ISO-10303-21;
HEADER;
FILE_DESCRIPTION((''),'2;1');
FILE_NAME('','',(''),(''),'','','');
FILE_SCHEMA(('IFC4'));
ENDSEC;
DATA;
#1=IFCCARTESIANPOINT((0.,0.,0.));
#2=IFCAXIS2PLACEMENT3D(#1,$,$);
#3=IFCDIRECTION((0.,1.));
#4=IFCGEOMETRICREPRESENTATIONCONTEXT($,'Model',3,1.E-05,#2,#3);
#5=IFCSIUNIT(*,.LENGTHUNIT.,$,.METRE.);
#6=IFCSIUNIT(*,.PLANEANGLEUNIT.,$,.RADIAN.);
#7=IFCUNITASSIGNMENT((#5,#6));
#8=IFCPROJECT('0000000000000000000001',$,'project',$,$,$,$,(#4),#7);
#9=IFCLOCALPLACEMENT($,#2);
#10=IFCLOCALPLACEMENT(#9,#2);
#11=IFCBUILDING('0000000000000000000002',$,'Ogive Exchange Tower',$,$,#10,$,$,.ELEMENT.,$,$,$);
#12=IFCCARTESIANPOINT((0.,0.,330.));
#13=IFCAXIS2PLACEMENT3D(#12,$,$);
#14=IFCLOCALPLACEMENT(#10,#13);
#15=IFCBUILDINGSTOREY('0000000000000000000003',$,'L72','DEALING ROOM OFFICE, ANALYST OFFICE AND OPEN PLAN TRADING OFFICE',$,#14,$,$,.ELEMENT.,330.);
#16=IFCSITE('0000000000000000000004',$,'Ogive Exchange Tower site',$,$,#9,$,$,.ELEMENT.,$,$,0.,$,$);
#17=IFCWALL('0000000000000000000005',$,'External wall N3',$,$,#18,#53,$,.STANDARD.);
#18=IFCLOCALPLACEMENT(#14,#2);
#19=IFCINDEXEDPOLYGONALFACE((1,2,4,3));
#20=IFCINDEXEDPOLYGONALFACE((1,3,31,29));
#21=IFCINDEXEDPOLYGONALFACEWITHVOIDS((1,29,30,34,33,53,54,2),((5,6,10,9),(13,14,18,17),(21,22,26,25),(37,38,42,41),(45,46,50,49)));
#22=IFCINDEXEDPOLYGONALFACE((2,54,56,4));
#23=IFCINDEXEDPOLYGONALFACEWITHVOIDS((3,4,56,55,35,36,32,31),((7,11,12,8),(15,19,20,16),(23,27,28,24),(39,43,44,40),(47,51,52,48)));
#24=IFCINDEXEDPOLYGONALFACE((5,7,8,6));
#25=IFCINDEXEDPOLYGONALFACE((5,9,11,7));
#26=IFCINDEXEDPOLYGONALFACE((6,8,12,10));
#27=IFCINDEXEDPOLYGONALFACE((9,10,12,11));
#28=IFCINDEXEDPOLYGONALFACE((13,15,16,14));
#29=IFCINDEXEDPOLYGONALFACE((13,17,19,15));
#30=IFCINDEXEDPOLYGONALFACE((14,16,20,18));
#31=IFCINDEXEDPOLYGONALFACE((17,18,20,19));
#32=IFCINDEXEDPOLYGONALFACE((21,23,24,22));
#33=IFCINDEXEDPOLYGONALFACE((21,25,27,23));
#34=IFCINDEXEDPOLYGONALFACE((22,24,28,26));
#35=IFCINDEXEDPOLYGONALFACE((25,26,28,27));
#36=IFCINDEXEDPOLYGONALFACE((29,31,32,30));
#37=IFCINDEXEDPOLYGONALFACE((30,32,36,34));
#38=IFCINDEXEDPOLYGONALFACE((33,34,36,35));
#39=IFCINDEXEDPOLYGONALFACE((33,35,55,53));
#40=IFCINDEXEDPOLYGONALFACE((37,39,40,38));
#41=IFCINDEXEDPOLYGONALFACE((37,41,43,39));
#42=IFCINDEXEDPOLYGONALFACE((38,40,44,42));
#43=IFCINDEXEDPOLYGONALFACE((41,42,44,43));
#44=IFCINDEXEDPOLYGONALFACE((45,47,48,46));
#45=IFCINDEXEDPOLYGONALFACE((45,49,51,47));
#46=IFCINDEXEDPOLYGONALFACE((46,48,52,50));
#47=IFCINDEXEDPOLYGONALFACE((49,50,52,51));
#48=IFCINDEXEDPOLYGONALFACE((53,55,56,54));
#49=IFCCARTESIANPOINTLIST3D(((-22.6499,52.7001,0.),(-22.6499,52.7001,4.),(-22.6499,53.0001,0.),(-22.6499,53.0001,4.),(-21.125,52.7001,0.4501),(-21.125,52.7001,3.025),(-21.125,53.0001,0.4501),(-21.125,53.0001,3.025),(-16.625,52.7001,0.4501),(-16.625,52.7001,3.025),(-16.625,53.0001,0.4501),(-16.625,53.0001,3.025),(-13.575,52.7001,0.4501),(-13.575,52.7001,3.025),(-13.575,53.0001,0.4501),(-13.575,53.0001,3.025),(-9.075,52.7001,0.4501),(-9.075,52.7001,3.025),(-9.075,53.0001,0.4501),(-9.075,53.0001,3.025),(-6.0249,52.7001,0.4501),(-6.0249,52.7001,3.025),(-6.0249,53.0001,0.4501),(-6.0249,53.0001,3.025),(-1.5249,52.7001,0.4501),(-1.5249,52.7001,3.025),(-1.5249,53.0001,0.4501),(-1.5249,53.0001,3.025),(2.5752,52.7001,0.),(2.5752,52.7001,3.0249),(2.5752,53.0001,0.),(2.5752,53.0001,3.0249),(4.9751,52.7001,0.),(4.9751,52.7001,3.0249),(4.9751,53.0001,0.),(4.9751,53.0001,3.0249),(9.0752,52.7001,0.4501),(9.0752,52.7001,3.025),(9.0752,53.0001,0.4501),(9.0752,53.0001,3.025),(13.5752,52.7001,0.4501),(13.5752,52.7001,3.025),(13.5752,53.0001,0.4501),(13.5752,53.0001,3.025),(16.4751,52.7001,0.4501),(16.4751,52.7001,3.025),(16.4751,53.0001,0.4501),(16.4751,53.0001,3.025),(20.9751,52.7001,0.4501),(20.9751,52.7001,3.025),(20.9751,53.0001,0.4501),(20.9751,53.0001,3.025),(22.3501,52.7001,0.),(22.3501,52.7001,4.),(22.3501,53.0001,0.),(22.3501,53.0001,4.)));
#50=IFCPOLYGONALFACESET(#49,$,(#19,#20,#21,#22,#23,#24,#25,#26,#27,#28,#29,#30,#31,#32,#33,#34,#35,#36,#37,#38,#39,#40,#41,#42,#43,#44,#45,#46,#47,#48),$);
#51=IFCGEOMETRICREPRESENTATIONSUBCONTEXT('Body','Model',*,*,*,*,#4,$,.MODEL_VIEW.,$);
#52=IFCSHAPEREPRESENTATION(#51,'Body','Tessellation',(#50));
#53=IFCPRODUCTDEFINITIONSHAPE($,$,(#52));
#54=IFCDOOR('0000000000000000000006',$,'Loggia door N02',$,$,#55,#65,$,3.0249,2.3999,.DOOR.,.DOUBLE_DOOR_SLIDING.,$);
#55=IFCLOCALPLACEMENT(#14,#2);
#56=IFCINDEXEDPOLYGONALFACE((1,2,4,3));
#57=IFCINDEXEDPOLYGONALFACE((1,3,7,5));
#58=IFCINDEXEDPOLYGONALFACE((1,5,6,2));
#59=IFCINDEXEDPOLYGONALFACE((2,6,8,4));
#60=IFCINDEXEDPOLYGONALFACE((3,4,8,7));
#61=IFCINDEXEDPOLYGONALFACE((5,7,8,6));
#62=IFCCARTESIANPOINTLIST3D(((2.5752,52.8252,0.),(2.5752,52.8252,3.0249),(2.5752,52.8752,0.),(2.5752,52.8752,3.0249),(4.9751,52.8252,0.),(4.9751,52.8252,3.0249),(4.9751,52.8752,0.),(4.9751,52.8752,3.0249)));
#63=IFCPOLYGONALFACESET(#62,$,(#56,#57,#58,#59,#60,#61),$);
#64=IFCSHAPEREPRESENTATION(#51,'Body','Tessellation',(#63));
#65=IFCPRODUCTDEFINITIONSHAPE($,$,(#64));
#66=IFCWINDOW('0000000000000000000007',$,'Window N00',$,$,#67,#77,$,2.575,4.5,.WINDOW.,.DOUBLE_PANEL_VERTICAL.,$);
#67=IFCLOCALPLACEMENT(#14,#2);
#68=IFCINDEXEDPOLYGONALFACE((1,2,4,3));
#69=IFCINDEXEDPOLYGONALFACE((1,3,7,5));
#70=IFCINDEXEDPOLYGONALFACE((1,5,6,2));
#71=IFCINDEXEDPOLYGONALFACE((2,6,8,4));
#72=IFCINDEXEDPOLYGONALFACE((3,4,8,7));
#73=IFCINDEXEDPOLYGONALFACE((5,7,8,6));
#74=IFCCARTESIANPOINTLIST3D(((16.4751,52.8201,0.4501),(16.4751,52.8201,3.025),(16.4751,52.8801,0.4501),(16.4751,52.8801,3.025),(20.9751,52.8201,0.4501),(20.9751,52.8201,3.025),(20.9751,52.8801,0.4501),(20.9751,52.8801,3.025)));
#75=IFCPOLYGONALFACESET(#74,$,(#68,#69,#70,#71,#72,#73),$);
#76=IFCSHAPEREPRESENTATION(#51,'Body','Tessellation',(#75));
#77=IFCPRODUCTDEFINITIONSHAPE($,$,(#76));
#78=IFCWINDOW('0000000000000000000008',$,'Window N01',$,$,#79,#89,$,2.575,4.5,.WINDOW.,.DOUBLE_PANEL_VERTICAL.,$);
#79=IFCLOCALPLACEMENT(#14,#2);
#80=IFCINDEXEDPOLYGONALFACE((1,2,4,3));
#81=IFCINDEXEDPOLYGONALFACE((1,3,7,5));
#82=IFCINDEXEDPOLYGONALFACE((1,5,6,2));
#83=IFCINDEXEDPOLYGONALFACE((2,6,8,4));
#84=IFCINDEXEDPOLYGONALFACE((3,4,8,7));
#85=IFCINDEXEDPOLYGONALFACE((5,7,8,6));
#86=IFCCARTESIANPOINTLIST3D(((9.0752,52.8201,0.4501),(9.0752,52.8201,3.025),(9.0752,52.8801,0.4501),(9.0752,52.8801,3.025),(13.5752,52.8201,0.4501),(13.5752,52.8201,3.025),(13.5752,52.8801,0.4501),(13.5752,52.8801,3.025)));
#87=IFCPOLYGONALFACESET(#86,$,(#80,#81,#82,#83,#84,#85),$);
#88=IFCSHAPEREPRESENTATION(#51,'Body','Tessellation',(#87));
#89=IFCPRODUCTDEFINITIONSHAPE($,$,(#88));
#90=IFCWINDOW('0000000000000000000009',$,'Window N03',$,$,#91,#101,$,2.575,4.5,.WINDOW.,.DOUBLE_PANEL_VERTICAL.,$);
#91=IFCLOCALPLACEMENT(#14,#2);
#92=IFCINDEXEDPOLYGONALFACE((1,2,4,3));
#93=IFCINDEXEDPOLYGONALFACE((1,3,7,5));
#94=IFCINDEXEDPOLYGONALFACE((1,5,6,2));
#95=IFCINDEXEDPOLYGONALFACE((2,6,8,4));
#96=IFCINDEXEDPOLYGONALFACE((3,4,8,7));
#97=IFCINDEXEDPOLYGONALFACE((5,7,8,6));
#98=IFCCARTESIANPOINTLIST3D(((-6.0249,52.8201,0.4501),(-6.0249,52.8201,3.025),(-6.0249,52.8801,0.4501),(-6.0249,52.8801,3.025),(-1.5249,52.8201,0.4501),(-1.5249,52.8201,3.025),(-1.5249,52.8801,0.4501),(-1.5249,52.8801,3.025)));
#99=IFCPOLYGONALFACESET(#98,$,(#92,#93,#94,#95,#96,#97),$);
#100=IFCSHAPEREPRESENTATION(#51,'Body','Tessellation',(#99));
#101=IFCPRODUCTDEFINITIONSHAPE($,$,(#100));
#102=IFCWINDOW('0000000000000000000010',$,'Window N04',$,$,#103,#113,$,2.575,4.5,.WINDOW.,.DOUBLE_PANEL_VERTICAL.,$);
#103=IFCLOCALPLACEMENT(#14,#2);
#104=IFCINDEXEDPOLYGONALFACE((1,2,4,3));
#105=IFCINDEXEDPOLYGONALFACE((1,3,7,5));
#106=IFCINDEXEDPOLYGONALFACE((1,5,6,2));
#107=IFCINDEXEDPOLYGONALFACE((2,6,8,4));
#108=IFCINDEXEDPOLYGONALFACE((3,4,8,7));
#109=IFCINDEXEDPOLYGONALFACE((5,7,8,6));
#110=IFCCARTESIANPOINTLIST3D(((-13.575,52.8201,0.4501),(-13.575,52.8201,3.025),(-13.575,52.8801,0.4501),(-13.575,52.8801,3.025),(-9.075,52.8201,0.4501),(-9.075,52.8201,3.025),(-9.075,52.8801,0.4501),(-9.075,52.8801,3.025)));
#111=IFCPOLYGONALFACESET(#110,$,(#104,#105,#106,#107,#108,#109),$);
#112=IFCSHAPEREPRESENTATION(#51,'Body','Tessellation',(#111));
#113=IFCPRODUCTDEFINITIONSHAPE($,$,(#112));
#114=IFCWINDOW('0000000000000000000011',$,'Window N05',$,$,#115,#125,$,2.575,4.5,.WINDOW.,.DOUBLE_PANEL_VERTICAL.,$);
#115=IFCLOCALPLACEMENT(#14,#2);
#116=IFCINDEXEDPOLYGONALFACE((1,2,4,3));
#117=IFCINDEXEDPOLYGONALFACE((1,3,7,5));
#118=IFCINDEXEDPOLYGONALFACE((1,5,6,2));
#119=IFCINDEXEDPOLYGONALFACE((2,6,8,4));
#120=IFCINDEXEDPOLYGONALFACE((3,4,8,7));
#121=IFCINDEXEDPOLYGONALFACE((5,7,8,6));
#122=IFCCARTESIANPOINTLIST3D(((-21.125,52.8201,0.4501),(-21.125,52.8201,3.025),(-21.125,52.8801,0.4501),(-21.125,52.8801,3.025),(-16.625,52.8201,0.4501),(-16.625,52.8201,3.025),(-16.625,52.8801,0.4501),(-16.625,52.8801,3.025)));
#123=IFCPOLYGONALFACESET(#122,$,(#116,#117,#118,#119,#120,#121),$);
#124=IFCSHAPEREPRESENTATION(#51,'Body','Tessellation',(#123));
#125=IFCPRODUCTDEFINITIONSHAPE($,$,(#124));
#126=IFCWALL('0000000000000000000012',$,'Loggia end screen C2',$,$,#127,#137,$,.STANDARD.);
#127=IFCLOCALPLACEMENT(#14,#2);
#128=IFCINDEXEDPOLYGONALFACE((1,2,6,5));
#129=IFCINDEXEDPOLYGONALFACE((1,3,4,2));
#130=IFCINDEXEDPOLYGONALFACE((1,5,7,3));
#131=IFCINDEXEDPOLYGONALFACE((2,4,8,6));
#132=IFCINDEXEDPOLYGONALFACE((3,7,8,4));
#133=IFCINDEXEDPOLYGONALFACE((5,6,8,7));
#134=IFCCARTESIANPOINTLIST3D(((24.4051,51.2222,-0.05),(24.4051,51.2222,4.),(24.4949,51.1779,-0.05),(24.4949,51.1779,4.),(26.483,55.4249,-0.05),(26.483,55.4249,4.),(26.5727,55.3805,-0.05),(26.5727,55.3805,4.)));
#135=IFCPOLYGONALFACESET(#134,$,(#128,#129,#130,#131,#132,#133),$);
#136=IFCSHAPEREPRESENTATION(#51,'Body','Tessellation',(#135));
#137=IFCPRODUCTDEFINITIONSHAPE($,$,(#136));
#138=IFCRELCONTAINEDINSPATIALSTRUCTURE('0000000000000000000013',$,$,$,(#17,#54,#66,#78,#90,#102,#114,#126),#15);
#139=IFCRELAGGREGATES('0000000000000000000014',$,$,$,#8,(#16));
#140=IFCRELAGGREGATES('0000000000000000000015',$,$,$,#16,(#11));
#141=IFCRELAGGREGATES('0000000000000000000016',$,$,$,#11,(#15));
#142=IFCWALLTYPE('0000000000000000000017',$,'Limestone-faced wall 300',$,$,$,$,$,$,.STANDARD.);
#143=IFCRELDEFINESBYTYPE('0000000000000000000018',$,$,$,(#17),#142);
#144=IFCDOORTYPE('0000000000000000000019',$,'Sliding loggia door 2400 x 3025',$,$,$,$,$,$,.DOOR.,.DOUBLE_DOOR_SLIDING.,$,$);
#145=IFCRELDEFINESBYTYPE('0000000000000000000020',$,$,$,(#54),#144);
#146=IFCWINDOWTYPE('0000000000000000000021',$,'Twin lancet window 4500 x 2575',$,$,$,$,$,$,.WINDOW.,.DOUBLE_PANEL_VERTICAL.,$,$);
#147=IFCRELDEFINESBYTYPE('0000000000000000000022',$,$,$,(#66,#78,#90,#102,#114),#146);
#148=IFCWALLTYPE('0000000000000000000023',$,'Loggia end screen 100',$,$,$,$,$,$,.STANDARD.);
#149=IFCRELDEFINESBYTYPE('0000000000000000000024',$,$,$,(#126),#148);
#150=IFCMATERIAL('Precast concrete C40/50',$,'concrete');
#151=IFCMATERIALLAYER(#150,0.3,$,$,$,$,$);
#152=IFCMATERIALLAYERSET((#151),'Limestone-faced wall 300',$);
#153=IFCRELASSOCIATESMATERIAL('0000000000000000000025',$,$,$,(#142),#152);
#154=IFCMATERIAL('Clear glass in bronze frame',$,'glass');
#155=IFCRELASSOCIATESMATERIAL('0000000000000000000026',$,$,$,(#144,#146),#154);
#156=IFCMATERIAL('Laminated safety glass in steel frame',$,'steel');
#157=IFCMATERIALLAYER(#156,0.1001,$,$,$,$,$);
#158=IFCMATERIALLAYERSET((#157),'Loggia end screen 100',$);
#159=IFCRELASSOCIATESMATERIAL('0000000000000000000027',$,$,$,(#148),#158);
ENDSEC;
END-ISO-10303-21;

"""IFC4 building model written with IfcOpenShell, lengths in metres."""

from ifc_helpers import new_model, si_unit, direction, frame, frame_2d, origin, place, context, subcontext, project, spatial, rectangle, extrude, material, layer, layer_set, type_object, element, fill, save


model = new_model("IFC4")

# Units and contexts
model_context = context("Model", 3, precision=1e-05, world=origin(), true_north=direction((0.0, 1.0)))
body_context = subcontext(model_context, "Body", "Model", "MODEL_VIEW")
ifc_project = project(units=[si_unit("LENGTHUNIT", "METRE"), si_unit("PLANEANGLEUNIT", "RADIAN")], contexts=[model_context])

# Site, building, storey
site_placement = place(None, origin())
site = spatial("IfcSite", under=ifc_project, at=site_placement, Name="Ogive Exchange Tower site", CompositionType="ELEMENT", RefElevation=0.0)
building_placement = place(site_placement, origin())
building = spatial("IfcBuilding", under=site, at=building_placement, Name="Ogive Exchange Tower", CompositionType="ELEMENT")
storey_placement = place(building_placement, frame((0.0, 0.0, 330.0)))
storey = spatial("IfcBuildingStorey", under=building, at=storey_placement, Name="L72", Description="DEALING ROOM OFFICE, ANALYST OFFICE AND OPEN PLAN TRADING OFFICE", CompositionType="ELEMENT", Elevation=330.0)

# Wall, openings, door, windows
ifc_material_1 = material(Name="Precast concrete C40/50", Category="concrete")
ifc_layer_1 = layer(ifc_material_1, 0.3)
ifc_layer_set_1 = layer_set([ifc_layer_1], Name="Limestone-faced wall 300")
wall_type_1 = type_object("IfcWallType", Name="Limestone-faced wall 300", PredefinedType="STANDARD", material=ifc_layer_set_1)
wall_1_placement = place(storey_placement, frame((22.3501, 52.8501, 0.0), z_axis=(0.0, 0.0, 1.0), x_axis=(-1.0, 0.0, 0.0)))
wall_1 = element("IfcWall", 1, at=wall_1_placement, inside=storey, type_object=wall_type_1, Name="External wall N3", PredefinedType="STANDARD", context=body_context, shape_type="SweptSolid", body=[
    extrude(rectangle(XDim=45.0, YDim=0.3, at=frame_2d((22.5, 0.0))), origin(), (0.0, 0.0, 1.0), 4.0),
])
opening_1_placement = place(wall_1_placement, frame((1.375, 0.0, 0.45)))
opening_1 = element("IfcOpeningElement", 2, at=opening_1_placement, cuts=wall_1, PredefinedType="OPENING", context=body_context, shape_type="SweptSolid", body=[
    extrude(rectangle(XDim=4.5, YDim=2.575, at=frame_2d((2.25, 1.2876))), frame((0.0, 0.1599, 0.0), z_axis=(0.0, -1.0, 0.0), x_axis=(1.0, 0.0, 0.0)), (0.0, 0.0, 1.0), 0.3201),
])
opening_2_placement = place(wall_1_placement, frame((8.7749, 0.0, 0.45)))
opening_2 = element("IfcOpeningElement", 3, at=opening_2_placement, cuts=wall_1, PredefinedType="OPENING", context=body_context, shape_type="SweptSolid", body=[
    extrude(rectangle(XDim=4.5, YDim=2.575, at=frame_2d((2.25, 1.2876))), frame((0.0, 0.1599, 0.0), z_axis=(0.0, -1.0, 0.0), x_axis=(1.0, 0.0, 0.0)), (0.0, 0.0, 1.0), 0.3201),
])
opening_3_placement = place(wall_1_placement, frame((17.375, 0.0, 0.0)))
opening_3 = element("IfcOpeningElement", 4, at=opening_3_placement, cuts=wall_1, PredefinedType="OPENING", context=body_context, shape_type="SweptSolid", body=[
    extrude(rectangle(XDim=2.3999, YDim=3.0249, at=frame_2d((1.2, 1.5125))), frame((0.0, 0.1599, 0.0), z_axis=(0.0, -1.0, 0.0), x_axis=(1.0, 0.0, 0.0)), (0.0, 0.0, 1.0), 0.3201),
])
opening_4_placement = place(wall_1_placement, frame((23.875, 0.0, 0.45)))
opening_4 = element("IfcOpeningElement", 5, at=opening_4_placement, cuts=wall_1, PredefinedType="OPENING", context=body_context, shape_type="SweptSolid", body=[
    extrude(rectangle(XDim=4.5, YDim=2.575, at=frame_2d((2.25, 1.2876))), frame((0.0, 0.1599, 0.0), z_axis=(0.0, -1.0, 0.0), x_axis=(1.0, 0.0, 0.0)), (0.0, 0.0, 1.0), 0.3201),
])
opening_5_placement = place(wall_1_placement, frame((31.425, 0.0, 0.45)))
opening_5 = element("IfcOpeningElement", 6, at=opening_5_placement, cuts=wall_1, PredefinedType="OPENING", context=body_context, shape_type="SweptSolid", body=[
    extrude(rectangle(XDim=4.5, YDim=2.575, at=frame_2d((2.25, 1.2876))), frame((0.0, 0.1599, 0.0), z_axis=(0.0, -1.0, 0.0), x_axis=(1.0, 0.0, 0.0)), (0.0, 0.0, 1.0), 0.3201),
])
opening_6_placement = place(wall_1_placement, frame((38.9751, 0.0, 0.45)))
opening_6 = element("IfcOpeningElement", 7, at=opening_6_placement, cuts=wall_1, PredefinedType="OPENING", context=body_context, shape_type="SweptSolid", body=[
    extrude(rectangle(XDim=4.5, YDim=2.575, at=frame_2d((2.25, 1.2876))), frame((0.0, 0.1599, 0.0), z_axis=(0.0, -1.0, 0.0), x_axis=(1.0, 0.0, 0.0)), (0.0, 0.0, 1.0), 0.3201),
])
ifc_material_2 = material(Name="Clear glass in bronze frame", Category="glass")
door_type_1 = type_object("IfcDoorType", Name="Sliding loggia door 2400 x 3025", OperationType="DOUBLE_DOOR_SLIDING", PredefinedType="DOOR", material=ifc_material_2)
door_1_placement = place(opening_3_placement, origin())
door_1 = element("IfcDoor", 8, at=door_1_placement, inside=storey, type_object=door_type_1, Name="Loggia door N02", OperationType="DOUBLE_DOOR_SLIDING", OverallHeight=3.0249, OverallWidth=2.3999, PredefinedType="DOOR", context=body_context, shape_type="SweptSolid", body=[
    extrude(rectangle(XDim=2.3999, YDim=3.0249, at=frame_2d((1.2, 1.5125))), frame((0.0, 0.0249, 0.0), z_axis=(0.0, -1.0, 0.0), x_axis=(1.0, 0.0, 0.0)), (0.0, 0.0, 1.0), 0.05),
])
fill(opening_3, door_1)
window_type = type_object("IfcWindowType", Name="Twin lancet window 4500 x 2575", PartitioningType="DOUBLE_PANEL_VERTICAL", PredefinedType="WINDOW", material=ifc_material_2)
window_1_placement = place(opening_1_placement, origin())
window_1 = element("IfcWindow", 9, at=window_1_placement, inside=storey, type_object=window_type, Name="Window N00", OverallHeight=2.575, OverallWidth=4.5, PartitioningType="DOUBLE_PANEL_VERTICAL", PredefinedType="WINDOW", context=body_context, shape_type="SweptSolid", body=[
    extrude(rectangle(XDim=4.5, YDim=2.575, at=frame_2d((2.25, 1.2876))), frame((0.0, 0.03, 0.0), z_axis=(0.0, -1.0, 0.0), x_axis=(1.0, 0.0, 0.0)), (0.0, 0.0, 1.0), 0.0601),
])
fill(opening_1, window_1)
window_2_placement = place(opening_2_placement, origin())
window_2 = element("IfcWindow", 10, at=window_2_placement, inside=storey, type_object=window_type, Name="Window N01", OverallHeight=2.575, OverallWidth=4.5, PartitioningType="DOUBLE_PANEL_VERTICAL", PredefinedType="WINDOW", context=body_context, shape_type="SweptSolid", body=[
    extrude(rectangle(XDim=4.5, YDim=2.575, at=frame_2d((2.25, 1.2876))), frame((0.0, 0.03, 0.0), z_axis=(0.0, -1.0, 0.0), x_axis=(1.0, 0.0, 0.0)), (0.0, 0.0, 1.0), 0.0601),
])
fill(opening_2, window_2)
window_3_placement = place(opening_4_placement, origin())
window_3 = element("IfcWindow", 11, at=window_3_placement, inside=storey, type_object=window_type, Name="Window N03", OverallHeight=2.575, OverallWidth=4.5, PartitioningType="DOUBLE_PANEL_VERTICAL", PredefinedType="WINDOW", context=body_context, shape_type="SweptSolid", body=[
    extrude(rectangle(XDim=4.5, YDim=2.575, at=frame_2d((2.25, 1.2876))), frame((0.0, 0.03, 0.0), z_axis=(0.0, -1.0, 0.0), x_axis=(1.0, 0.0, 0.0)), (0.0, 0.0, 1.0), 0.0601),
])
fill(opening_4, window_3)
window_4_placement = place(opening_5_placement, origin())
window_4 = element("IfcWindow", 12, at=window_4_placement, inside=storey, type_object=window_type, Name="Window N04", OverallHeight=2.575, OverallWidth=4.5, PartitioningType="DOUBLE_PANEL_VERTICAL", PredefinedType="WINDOW", context=body_context, shape_type="SweptSolid", body=[
    extrude(rectangle(XDim=4.5, YDim=2.575, at=frame_2d((2.25, 1.2876))), frame((0.0, 0.03, 0.0), z_axis=(0.0, -1.0, 0.0), x_axis=(1.0, 0.0, 0.0)), (0.0, 0.0, 1.0), 0.0601),
])
fill(opening_5, window_4)
window_5_placement = place(opening_6_placement, origin())
window_5 = element("IfcWindow", 13, at=window_5_placement, inside=storey, type_object=window_type, Name="Window N05", OverallHeight=2.575, OverallWidth=4.5, PartitioningType="DOUBLE_PANEL_VERTICAL", PredefinedType="WINDOW", context=body_context, shape_type="SweptSolid", body=[
    extrude(rectangle(XDim=4.5, YDim=2.575, at=frame_2d((2.25, 1.2876))), frame((0.0, 0.03, 0.0), z_axis=(0.0, -1.0, 0.0), x_axis=(1.0, 0.0, 0.0)), (0.0, 0.0, 1.0), 0.0601),
])
fill(opening_6, window_5)

# Wall
ifc_material_3 = material(Name="Laminated safety glass in steel frame", Category="steel")
ifc_layer_2 = layer(ifc_material_3, 0.1001)
ifc_layer_set_2 = layer_set([ifc_layer_2], Name="Loggia end screen 100")
wall_type_2 = type_object("IfcWallType", Name="Loggia end screen 100", PredefinedType="STANDARD", material=ifc_layer_set_2)
wall_2_placement = place(storey_placement, frame((24.45, 51.2, -0.05), z_axis=(0.0, 0.0, 1.0), x_axis=(0.44321, 0.896418, 0.0)))
element("IfcWall", 14, at=wall_2_placement, inside=storey, type_object=wall_type_2, Name="Loggia end screen C2", PredefinedType="STANDARD", context=body_context, shape_type="SweptSolid", body=[
    extrude(rectangle(XDim=4.6882, YDim=0.1001, at=frame_2d((2.3442, 0.0))), origin(), (0.0, 0.0, 1.0), 4.05),
])

save(model, "model.ifc")
